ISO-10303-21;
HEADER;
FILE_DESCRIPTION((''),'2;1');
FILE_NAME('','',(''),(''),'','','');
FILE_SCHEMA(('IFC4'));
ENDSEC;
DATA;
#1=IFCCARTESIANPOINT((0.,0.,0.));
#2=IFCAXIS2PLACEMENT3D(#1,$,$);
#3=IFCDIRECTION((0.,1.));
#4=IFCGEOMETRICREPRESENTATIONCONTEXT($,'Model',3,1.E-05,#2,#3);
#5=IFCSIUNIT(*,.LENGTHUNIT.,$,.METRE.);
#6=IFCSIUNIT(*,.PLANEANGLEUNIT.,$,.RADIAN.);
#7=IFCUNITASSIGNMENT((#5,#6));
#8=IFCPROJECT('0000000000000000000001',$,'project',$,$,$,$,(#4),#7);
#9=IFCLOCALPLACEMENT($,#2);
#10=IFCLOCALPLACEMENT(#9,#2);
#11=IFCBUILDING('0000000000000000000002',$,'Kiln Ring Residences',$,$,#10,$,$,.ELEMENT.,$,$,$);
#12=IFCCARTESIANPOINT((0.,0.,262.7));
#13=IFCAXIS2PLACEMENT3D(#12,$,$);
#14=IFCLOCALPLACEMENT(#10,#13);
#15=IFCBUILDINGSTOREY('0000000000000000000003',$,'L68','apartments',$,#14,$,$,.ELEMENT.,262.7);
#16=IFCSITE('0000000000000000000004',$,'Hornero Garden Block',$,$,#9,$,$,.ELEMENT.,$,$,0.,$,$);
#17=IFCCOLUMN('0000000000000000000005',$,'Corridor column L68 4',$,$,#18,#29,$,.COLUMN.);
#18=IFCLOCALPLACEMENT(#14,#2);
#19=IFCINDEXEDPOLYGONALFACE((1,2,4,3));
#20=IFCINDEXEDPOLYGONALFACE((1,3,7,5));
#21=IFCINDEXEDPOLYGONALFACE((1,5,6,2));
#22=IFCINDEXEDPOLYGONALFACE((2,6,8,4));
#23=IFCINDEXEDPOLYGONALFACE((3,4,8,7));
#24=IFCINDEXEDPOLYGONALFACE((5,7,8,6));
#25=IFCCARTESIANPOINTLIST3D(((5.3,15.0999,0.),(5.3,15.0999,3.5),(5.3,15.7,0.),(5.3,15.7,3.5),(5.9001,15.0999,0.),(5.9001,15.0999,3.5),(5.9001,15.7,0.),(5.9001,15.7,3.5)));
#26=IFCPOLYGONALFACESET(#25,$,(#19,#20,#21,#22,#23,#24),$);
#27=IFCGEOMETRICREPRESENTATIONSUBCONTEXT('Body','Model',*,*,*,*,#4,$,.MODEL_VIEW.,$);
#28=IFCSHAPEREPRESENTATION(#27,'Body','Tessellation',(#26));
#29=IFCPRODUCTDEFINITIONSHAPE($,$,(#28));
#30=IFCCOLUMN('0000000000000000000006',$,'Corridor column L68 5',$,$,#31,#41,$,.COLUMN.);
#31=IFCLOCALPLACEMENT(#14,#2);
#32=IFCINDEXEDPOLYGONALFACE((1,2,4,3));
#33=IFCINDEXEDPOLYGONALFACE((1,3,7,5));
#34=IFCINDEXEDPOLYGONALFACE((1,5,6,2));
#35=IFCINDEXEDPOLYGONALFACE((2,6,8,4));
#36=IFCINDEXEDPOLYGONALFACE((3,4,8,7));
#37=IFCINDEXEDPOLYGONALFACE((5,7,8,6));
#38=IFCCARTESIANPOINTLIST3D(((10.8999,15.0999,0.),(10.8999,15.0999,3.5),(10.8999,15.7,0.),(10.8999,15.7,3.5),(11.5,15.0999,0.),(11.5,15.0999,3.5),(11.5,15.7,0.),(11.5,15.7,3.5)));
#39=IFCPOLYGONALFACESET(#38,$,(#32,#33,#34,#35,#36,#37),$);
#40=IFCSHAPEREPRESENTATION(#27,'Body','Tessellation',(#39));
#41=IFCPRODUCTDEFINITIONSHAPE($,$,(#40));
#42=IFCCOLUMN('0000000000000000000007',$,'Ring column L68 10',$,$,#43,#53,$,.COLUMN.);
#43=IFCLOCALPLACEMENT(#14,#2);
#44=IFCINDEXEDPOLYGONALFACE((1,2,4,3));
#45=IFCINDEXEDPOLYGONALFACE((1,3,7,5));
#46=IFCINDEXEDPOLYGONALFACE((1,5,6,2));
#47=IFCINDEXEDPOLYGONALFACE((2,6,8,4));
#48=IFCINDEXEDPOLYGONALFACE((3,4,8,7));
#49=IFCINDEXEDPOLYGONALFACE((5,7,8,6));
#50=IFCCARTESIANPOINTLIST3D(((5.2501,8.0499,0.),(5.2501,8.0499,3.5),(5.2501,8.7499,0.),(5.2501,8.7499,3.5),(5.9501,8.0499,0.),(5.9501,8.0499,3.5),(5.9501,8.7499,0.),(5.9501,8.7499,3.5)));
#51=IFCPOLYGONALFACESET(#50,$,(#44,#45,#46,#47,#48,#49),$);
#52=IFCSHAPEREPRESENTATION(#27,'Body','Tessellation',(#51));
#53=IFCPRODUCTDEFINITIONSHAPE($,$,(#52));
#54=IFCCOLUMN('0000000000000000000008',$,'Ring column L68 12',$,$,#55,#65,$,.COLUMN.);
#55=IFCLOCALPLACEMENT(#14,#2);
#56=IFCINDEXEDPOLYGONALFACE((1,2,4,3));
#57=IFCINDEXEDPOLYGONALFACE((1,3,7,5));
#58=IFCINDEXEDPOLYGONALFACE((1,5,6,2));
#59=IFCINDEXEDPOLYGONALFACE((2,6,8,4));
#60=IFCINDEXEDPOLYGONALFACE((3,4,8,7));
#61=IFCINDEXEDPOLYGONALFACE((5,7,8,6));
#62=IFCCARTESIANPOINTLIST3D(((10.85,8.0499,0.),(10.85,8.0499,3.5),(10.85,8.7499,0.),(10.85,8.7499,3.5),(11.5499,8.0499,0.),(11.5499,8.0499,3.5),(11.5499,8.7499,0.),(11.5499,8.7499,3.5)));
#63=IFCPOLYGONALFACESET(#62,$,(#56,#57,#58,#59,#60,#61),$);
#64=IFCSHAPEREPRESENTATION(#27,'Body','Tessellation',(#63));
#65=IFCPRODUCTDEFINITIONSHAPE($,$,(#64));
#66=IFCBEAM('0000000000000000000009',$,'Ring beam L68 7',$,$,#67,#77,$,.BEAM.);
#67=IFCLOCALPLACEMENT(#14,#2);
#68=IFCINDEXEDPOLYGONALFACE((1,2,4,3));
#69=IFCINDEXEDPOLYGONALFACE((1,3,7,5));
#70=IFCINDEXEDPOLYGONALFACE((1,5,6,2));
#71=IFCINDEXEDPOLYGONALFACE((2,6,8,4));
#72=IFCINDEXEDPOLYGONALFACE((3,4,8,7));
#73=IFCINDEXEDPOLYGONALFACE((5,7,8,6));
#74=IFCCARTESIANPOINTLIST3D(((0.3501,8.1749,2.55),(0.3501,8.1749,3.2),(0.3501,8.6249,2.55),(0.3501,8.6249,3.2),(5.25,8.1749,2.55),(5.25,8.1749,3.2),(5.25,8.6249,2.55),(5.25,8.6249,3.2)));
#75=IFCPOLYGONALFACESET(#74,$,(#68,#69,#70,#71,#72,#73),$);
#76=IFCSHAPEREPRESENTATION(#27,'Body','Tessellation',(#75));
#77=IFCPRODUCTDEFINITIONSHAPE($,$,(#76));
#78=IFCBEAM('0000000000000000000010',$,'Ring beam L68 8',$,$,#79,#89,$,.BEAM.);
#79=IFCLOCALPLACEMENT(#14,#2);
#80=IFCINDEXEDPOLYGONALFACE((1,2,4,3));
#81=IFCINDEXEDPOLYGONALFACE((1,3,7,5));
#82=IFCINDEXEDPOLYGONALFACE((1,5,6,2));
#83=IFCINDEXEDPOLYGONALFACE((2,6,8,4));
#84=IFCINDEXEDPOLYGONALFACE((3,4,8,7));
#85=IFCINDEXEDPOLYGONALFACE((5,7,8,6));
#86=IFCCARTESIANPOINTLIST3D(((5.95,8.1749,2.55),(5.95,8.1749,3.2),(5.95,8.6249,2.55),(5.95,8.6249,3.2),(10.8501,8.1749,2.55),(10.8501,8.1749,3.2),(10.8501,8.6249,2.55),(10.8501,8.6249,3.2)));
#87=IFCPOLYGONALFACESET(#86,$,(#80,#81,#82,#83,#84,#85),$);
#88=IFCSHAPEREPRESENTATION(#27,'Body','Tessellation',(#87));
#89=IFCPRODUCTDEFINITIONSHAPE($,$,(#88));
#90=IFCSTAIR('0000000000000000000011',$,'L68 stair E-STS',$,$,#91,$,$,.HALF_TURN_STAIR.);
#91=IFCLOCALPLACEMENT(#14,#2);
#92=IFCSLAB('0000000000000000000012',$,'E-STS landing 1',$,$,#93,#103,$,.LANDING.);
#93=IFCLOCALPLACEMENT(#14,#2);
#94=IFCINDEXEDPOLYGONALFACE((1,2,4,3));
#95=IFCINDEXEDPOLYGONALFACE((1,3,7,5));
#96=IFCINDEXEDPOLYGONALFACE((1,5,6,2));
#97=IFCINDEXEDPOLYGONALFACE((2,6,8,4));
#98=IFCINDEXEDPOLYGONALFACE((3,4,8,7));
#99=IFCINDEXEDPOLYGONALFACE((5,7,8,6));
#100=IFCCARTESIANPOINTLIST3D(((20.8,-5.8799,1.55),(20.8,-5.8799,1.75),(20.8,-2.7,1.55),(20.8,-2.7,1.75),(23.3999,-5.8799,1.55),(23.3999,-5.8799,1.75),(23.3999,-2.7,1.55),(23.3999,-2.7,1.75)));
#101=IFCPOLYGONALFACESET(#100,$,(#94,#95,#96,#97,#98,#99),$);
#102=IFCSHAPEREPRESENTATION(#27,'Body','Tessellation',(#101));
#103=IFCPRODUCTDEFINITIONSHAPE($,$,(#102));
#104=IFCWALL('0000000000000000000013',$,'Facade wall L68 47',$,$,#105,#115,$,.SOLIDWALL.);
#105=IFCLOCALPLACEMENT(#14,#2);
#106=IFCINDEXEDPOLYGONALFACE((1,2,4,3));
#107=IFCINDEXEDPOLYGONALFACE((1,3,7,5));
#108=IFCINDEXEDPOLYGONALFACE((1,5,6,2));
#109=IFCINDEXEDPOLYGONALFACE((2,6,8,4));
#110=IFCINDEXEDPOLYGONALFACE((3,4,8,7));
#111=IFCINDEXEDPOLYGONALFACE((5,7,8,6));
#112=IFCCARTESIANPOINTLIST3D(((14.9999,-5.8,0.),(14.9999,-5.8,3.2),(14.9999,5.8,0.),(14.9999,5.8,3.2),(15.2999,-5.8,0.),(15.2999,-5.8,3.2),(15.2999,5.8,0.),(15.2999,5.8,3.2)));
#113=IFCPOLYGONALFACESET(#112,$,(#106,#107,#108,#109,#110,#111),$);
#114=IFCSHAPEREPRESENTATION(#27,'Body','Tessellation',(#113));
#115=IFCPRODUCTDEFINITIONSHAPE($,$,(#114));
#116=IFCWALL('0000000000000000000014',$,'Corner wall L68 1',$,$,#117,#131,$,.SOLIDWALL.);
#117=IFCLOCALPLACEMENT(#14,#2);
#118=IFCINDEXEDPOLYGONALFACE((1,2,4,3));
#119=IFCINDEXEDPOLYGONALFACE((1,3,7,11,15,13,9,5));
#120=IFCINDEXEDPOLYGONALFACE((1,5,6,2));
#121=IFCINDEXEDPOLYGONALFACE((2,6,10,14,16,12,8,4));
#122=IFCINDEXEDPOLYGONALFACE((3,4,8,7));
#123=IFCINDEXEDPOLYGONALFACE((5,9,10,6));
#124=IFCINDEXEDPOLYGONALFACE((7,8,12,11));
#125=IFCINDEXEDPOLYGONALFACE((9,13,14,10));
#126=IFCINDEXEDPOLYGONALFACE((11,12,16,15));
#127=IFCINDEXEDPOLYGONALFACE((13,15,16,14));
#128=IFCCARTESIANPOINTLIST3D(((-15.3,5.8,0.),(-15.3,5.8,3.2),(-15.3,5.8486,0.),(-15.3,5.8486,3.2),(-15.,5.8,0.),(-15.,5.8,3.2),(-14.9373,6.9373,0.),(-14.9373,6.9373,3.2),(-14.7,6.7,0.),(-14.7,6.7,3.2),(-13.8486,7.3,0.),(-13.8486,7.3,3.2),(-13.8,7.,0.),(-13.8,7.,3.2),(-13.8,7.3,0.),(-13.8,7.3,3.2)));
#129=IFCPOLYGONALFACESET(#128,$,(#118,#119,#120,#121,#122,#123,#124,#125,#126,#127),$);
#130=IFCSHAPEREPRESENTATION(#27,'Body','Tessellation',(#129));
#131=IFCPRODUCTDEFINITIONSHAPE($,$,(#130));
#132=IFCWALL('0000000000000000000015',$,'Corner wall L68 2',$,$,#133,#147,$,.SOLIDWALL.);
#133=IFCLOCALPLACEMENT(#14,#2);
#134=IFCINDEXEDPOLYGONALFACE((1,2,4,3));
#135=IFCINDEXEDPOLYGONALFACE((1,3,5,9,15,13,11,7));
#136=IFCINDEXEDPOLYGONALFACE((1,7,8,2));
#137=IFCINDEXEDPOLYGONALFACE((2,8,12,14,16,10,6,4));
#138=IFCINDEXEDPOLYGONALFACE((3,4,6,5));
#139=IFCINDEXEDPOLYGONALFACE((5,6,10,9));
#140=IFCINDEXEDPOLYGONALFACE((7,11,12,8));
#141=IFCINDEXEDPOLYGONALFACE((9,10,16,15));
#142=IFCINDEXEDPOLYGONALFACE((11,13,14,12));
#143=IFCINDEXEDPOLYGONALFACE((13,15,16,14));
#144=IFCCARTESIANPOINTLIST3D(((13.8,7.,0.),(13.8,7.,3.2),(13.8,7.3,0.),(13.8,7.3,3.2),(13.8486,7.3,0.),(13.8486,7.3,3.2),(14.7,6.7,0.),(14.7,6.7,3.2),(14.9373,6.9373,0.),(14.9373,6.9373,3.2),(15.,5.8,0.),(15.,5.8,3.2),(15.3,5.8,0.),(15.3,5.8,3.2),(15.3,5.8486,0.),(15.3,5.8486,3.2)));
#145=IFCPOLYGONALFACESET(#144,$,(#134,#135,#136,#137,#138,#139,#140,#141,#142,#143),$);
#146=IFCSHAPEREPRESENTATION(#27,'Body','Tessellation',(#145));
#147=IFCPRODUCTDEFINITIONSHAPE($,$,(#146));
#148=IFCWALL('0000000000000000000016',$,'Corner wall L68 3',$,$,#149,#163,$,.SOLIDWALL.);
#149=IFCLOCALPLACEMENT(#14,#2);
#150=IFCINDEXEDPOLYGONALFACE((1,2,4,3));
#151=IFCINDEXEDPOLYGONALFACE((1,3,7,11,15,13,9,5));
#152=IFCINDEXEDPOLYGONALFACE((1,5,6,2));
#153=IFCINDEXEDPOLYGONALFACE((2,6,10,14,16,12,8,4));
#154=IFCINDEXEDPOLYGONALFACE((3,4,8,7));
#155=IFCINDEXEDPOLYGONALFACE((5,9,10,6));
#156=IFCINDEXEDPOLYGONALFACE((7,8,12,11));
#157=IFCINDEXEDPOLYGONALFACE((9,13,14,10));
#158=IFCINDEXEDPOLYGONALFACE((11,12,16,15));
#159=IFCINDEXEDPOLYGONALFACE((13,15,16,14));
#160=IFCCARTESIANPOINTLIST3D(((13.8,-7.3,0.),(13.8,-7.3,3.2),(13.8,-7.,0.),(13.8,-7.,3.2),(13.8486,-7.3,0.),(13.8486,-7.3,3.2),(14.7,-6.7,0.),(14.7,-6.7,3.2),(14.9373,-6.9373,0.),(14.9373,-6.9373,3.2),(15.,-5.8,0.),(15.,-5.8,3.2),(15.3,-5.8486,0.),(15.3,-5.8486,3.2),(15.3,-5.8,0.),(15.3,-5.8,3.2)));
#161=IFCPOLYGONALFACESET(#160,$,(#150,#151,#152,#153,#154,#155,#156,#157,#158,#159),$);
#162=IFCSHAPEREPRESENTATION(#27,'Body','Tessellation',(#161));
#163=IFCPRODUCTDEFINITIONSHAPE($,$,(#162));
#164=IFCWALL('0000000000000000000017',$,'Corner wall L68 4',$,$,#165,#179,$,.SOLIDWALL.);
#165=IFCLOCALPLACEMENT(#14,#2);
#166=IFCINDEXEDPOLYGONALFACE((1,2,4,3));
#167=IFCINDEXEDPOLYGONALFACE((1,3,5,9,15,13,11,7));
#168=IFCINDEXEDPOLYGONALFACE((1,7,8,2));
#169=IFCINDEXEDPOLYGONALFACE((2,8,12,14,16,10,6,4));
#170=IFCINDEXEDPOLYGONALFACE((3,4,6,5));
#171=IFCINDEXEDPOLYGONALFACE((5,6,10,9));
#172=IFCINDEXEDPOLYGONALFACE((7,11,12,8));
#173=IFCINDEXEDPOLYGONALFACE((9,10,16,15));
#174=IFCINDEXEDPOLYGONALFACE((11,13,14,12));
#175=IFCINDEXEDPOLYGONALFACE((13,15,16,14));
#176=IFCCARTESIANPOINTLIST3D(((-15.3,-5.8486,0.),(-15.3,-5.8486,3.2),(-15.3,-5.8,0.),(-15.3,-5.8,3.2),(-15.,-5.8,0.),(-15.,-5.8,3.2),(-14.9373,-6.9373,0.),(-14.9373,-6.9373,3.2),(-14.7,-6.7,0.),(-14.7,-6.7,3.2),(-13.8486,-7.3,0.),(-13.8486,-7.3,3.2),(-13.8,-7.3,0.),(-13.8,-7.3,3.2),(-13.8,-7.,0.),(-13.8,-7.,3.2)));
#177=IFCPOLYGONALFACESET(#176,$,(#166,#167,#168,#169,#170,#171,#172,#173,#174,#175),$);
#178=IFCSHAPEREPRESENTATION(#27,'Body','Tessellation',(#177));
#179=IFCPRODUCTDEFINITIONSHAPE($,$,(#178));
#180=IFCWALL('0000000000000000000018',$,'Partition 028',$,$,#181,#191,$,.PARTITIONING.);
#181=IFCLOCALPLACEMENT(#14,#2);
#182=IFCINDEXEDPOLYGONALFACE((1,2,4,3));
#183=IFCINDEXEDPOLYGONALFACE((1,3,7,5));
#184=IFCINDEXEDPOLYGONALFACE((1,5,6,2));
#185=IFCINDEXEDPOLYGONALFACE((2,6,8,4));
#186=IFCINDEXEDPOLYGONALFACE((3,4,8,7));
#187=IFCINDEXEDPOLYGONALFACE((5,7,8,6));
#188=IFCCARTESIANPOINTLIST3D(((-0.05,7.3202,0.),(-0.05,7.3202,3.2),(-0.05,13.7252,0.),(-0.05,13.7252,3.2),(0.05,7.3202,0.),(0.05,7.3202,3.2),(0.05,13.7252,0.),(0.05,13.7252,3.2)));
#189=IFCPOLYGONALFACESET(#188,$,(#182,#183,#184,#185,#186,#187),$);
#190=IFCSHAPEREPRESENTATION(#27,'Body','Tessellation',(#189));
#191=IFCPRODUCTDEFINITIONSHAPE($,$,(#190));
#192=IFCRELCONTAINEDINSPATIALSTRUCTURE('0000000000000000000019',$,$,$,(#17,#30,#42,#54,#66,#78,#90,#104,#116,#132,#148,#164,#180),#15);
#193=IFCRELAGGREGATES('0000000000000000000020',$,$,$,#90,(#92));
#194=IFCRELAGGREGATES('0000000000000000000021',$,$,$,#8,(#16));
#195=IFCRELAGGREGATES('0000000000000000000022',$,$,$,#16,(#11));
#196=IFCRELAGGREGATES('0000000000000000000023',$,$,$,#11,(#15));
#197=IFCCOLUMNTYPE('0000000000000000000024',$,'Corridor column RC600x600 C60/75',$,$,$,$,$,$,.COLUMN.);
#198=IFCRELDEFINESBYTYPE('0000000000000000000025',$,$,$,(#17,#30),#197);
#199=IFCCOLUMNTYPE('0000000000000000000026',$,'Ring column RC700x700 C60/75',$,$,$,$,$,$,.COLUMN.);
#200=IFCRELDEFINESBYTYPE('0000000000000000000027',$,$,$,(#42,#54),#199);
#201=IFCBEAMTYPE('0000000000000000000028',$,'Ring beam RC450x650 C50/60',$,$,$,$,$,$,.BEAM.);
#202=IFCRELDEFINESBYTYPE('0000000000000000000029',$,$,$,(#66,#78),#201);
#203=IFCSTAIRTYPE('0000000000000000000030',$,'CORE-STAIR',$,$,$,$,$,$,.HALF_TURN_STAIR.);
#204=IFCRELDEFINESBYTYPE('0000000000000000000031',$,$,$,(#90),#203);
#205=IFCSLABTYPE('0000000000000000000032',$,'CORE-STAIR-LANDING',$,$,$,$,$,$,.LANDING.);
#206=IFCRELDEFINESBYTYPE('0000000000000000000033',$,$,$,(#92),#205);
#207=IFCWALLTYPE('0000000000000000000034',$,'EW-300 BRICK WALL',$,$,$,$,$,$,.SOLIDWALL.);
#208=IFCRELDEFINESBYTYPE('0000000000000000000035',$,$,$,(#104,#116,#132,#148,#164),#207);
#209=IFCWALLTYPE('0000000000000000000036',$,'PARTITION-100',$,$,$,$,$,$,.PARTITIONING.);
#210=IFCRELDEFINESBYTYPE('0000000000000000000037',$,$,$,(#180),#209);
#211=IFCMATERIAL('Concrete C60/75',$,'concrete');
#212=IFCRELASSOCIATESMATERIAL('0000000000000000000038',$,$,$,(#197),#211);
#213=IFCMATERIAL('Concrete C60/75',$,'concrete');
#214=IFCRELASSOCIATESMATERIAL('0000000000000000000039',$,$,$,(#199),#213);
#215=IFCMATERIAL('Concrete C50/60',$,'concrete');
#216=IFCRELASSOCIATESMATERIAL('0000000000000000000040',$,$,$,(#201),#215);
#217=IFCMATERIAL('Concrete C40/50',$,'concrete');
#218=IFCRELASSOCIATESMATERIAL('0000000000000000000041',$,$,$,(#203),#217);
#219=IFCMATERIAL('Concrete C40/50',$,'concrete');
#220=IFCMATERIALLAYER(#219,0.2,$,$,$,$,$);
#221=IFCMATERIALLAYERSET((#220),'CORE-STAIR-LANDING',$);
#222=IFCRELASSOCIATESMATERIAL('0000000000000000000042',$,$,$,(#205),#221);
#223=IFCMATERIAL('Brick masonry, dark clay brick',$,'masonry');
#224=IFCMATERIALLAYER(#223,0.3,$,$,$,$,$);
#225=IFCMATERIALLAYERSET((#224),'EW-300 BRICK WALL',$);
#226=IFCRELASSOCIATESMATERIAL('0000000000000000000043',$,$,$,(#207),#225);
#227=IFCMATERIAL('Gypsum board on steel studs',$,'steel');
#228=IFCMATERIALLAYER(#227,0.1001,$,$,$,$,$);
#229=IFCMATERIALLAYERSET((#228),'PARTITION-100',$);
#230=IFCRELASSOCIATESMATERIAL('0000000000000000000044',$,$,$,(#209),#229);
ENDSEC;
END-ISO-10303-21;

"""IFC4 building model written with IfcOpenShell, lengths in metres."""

from ifc_helpers import new_model, si_unit, direction, frame, frame_2d, origin, origin_2d, place, context, subcontext, project, spatial, polyline, rectangle, outline, extrude, material, layer, layer_set, material_profile, profile_set, type_object, element, aggregate, save


model = new_model("IFC4")

# Units and contexts
model_context = context("Model", 3, precision=1e-05, world=origin(), true_north=direction((0.0, 1.0)))
body_context = subcontext(model_context, "Body", "Model", "MODEL_VIEW")
ifc_project = project(units=[si_unit("LENGTHUNIT", "METRE"), si_unit("PLANEANGLEUNIT", "RADIAN")], contexts=[model_context])

# Site, building, storey
site_placement = place(None, origin())
site = spatial("IfcSite", under=ifc_project, at=site_placement, Name="Hornero Garden Block", CompositionType="ELEMENT", RefElevation=0.0)
building_placement = place(site_placement, origin())
building = spatial("IfcBuilding", under=site, at=building_placement, Name="Kiln Ring Residences", CompositionType="ELEMENT")
storey_placement = place(building_placement, frame((0.0, 0.0, 262.7)))
storey = spatial("IfcBuildingStorey", under=building, at=storey_placement, Name="L68", Description="apartments", CompositionType="ELEMENT", Elevation=262.7)

# Columns
ifc_material_1 = material(Name="Concrete C60/75", Category="concrete")
ifc_material_profile_1 = material_profile(ifc_material_1, rectangle(XDim=0.6001, YDim=0.6001, at=origin_2d()), Name="RC600x600")
ifc_profile_set_1 = profile_set([ifc_material_profile_1], Name="Concrete C60/75")
column_type_1 = type_object("IfcColumnType", Name="Corridor column RC600x600 C60/75", PredefinedType="COLUMN", material=ifc_profile_set_1)
for number, where, z_axis, x_axis, name in (
    (1, (5.6001, 15.3999, 0.0), (0.0, 0.0, 1.0), (1.0, 0.0, 0.0), "Corridor column L68 4"),
    (2, (11.2, 15.3999, 0.0), (0.0, 0.0, 1.0), (1.0, 0.0, 0.0), "Corridor column L68 5"),
):
    element("IfcColumn", number, at=place(storey_placement, frame(where, z_axis=z_axis, x_axis=x_axis)), inside=storey, type_object=column_type_1, Name=name, PredefinedType="COLUMN", context=body_context, shape_type="SweptSolid", body=[
        extrude(rectangle(XDim=0.6001, YDim=0.6001, at=origin_2d()), origin(), (0.0, 0.0, 1.0), 3.5),
    ])
ifc_material_2 = material(Name="Concrete C60/75", Category="concrete")
ifc_material_profile_2 = material_profile(ifc_material_2, rectangle(XDim=0.7, YDim=0.7, at=origin_2d()), Name="RC700x700")
ifc_profile_set_2 = profile_set([ifc_material_profile_2], Name="Concrete C60/75")
column_type_2 = type_object("IfcColumnType", Name="Ring column RC700x700 C60/75", PredefinedType="COLUMN", material=ifc_profile_set_2)
for number, where, z_axis, x_axis, name in (
    (3, (5.6001, 8.3999, 0.0), (0.0, 0.0, 1.0), (1.0, 0.0, 0.0), "Ring column L68 10"),
    (4, (11.2, 8.3999, 0.0), (0.0, 0.0, 1.0), (1.0, 0.0, 0.0), "Ring column L68 12"),
):
    element("IfcColumn", number, at=place(storey_placement, frame(where, z_axis=z_axis, x_axis=x_axis)), inside=storey, type_object=column_type_2, Name=name, PredefinedType="COLUMN", context=body_context, shape_type="SweptSolid", body=[
        extrude(rectangle(XDim=0.7, YDim=0.7, at=origin_2d()), origin(), (0.0, 0.0, 1.0), 3.5),
    ])

# Beams
ifc_material_3 = material(Name="Concrete C50/60", Category="concrete")
ifc_material_profile_3 = material_profile(ifc_material_3, rectangle(XDim=0.45, YDim=0.6499, at=origin_2d()), Name="RC450x650")
ifc_profile_set_3 = profile_set([ifc_material_profile_3], Name="Concrete C50/60")
beam_type = type_object("IfcBeamType", Name="Ring beam RC450x650 C50/60", PredefinedType="BEAM", material=ifc_profile_set_3)
beam_1_placement = place(storey_placement, frame((0.3501, 8.3999, 2.875), z_axis=(1.0, 0.0, 0.0), x_axis=(0.0, 1.0, 0.0)))
element("IfcBeam", 5, at=beam_1_placement, inside=storey, type_object=beam_type, Name="Ring beam L68 7", PredefinedType="BEAM", context=body_context, shape_type="SweptSolid", body=[
    extrude(rectangle(XDim=0.45, YDim=0.6499, at=origin_2d()), origin(), (0.0, 0.0, 1.0), 4.8999),
])
beam_2_placement = place(storey_placement, frame((5.95, 8.3999, 2.875), z_axis=(1.0, 0.0, 0.0), x_axis=(0.0, 1.0, 0.0)))
element("IfcBeam", 6, at=beam_2_placement, inside=storey, type_object=beam_type, Name="Ring beam L68 8", PredefinedType="BEAM", context=body_context, shape_type="SweptSolid", body=[
    extrude(rectangle(XDim=0.45, YDim=0.6499, at=origin_2d()), origin(), (0.0, 0.0, 1.0), 4.9001),
])

# Stair, slab
ifc_material_4 = material(Name="Concrete C40/50", Category="concrete")
stair_type = type_object("IfcStairType", Name="CORE-STAIR", PredefinedType="HALF_TURN_STAIR", material=ifc_material_4)
placement = place(storey_placement, origin())
stair = element("IfcStair", 7, at=placement, inside=storey, type_object=stair_type, Name="L68 stair E-STS", PredefinedType="HALF_TURN_STAIR")
ifc_material_5 = material(Name="Concrete C40/50", Category="concrete")
ifc_layer_1 = layer(ifc_material_5, 0.2)
ifc_layer_set_1 = layer_set([ifc_layer_1], Name="CORE-STAIR-LANDING")
slab_type = type_object("IfcSlabType", Name="CORE-STAIR-LANDING", PredefinedType="LANDING", material=ifc_layer_set_1)
slab_placement = place(storey_placement, frame((0.0, 0.0, 1.55)))
slab = element("IfcSlab", 8, at=slab_placement, type_object=slab_type, Name="E-STS landing 1", PredefinedType="LANDING", context=body_context, shape_type="SweptSolid", body=[
    extrude(outline(polyline([(23.3999, -5.8799), (23.3999, -2.7), (20.8, -2.7), (20.8, -5.8799), (23.3999, -5.8799)])), origin(), (0.0, 0.0, 1.0), 0.2),
])
aggregate(stair, [slab])

# Walls
ifc_material_6 = material(Name="Brick masonry, dark clay brick", Category="masonry")
ifc_layer_2 = layer(ifc_material_6, 0.3)
ifc_layer_set_2 = layer_set([ifc_layer_2], Name="EW-300 BRICK WALL")
wall_type_1 = type_object("IfcWallType", Name="EW-300 BRICK WALL", PredefinedType="SOLIDWALL", material=ifc_layer_set_2)
wall_1_placement = place(storey_placement, frame((15.1499, 5.8, 0.0), z_axis=(0.0, 0.0, 1.0), x_axis=(0.0, -1.0, 0.0)))
element("IfcWall", 9, at=wall_1_placement, inside=storey, type_object=wall_type_1, Name="Facade wall L68 47", PredefinedType="SOLIDWALL", context=body_context, shape_type="SweptSolid", body=[
    extrude(rectangle(XDim=11.6001, YDim=0.3, at=frame_2d((5.8, 0.0))), origin(), (0.0, 0.0, 1.0), 3.2),
])
element("IfcWall", 10, at=placement, inside=storey, type_object=wall_type_1, Name="Corner wall L68 1", PredefinedType="SOLIDWALL", context=body_context, shape_type="SweptSolid", body=[
    extrude(outline(polyline([(-13.8486, 7.3), (-14.9373, 6.9373), (-15.3, 5.8486), (-15.3, 5.8), (-15.0, 5.8), (-14.7, 6.7), (-13.8, 7.0), (-13.8, 7.3), (-13.8486, 7.3)])), origin(), (0.0, 0.0, 1.0), 3.2),
])
element("IfcWall", 11, at=placement, inside=storey, type_object=wall_type_1, Name="Corner wall L68 2", PredefinedType="SOLIDWALL", context=body_context, shape_type="SweptSolid", body=[
    extrude(outline(polyline([(14.9373, 6.9373), (13.8486, 7.3), (13.8, 7.3), (13.8, 7.0), (14.7, 6.7), (15.0, 5.8), (15.3, 5.8), (15.3, 5.8486), (14.9373, 6.9373)])), origin(), (0.0, 0.0, 1.0), 3.2),
])
element("IfcWall", 12, at=placement, inside=storey, type_object=wall_type_1, Name="Corner wall L68 3", PredefinedType="SOLIDWALL", context=body_context, shape_type="SweptSolid", body=[
    extrude(outline(polyline([(14.9373, -6.9373), (15.3, -5.8486), (15.3, -5.8), (15.0, -5.8), (14.7, -6.7), (13.8, -7.0), (13.8, -7.3), (13.8486, -7.3), (14.9373, -6.9373)])), origin(), (0.0, 0.0, 1.0), 3.2),
])
element("IfcWall", 13, at=placement, inside=storey, type_object=wall_type_1, Name="Corner wall L68 4", PredefinedType="SOLIDWALL", context=body_context, shape_type="SweptSolid", body=[
    extrude(outline(polyline([(-14.9373, -6.9373), (-13.8486, -7.3), (-13.8, -7.3), (-13.8, -7.0), (-14.7, -6.7), (-15.0, -5.8), (-15.3, -5.8), (-15.3, -5.8486), (-14.9373, -6.9373)])), origin(), (0.0, 0.0, 1.0), 3.2),
])
ifc_material_7 = material(Name="Gypsum board on steel studs", Category="steel")
ifc_layer_3 = layer(ifc_material_7, 0.1001)
ifc_layer_set_3 = layer_set([ifc_layer_3], Name="PARTITION-100")
wall_type_2 = type_object("IfcWallType", Name="PARTITION-100", PredefinedType="PARTITIONING", material=ifc_layer_set_3)
for number, where, z_axis, x_axis, name in (
    (14, (0.0, 7.3201, 0.0), (0.0, 0.0, 1.0), (0.0, 1.0, 0.0), "Partition 028"),
):
    element("IfcWall", number, at=place(storey_placement, frame(where, z_axis=z_axis, x_axis=x_axis)), inside=storey, type_object=wall_type_2, Name=name, PredefinedType="PARTITIONING", context=body_context, shape_type="SweptSolid", body=[
        extrude(rectangle(XDim=6.405, YDim=0.1001, at=frame_2d((3.2026, 0.0))), origin(), (0.0, 0.0, 1.0), 3.2),
    ])

save(model, "model.ifc")
